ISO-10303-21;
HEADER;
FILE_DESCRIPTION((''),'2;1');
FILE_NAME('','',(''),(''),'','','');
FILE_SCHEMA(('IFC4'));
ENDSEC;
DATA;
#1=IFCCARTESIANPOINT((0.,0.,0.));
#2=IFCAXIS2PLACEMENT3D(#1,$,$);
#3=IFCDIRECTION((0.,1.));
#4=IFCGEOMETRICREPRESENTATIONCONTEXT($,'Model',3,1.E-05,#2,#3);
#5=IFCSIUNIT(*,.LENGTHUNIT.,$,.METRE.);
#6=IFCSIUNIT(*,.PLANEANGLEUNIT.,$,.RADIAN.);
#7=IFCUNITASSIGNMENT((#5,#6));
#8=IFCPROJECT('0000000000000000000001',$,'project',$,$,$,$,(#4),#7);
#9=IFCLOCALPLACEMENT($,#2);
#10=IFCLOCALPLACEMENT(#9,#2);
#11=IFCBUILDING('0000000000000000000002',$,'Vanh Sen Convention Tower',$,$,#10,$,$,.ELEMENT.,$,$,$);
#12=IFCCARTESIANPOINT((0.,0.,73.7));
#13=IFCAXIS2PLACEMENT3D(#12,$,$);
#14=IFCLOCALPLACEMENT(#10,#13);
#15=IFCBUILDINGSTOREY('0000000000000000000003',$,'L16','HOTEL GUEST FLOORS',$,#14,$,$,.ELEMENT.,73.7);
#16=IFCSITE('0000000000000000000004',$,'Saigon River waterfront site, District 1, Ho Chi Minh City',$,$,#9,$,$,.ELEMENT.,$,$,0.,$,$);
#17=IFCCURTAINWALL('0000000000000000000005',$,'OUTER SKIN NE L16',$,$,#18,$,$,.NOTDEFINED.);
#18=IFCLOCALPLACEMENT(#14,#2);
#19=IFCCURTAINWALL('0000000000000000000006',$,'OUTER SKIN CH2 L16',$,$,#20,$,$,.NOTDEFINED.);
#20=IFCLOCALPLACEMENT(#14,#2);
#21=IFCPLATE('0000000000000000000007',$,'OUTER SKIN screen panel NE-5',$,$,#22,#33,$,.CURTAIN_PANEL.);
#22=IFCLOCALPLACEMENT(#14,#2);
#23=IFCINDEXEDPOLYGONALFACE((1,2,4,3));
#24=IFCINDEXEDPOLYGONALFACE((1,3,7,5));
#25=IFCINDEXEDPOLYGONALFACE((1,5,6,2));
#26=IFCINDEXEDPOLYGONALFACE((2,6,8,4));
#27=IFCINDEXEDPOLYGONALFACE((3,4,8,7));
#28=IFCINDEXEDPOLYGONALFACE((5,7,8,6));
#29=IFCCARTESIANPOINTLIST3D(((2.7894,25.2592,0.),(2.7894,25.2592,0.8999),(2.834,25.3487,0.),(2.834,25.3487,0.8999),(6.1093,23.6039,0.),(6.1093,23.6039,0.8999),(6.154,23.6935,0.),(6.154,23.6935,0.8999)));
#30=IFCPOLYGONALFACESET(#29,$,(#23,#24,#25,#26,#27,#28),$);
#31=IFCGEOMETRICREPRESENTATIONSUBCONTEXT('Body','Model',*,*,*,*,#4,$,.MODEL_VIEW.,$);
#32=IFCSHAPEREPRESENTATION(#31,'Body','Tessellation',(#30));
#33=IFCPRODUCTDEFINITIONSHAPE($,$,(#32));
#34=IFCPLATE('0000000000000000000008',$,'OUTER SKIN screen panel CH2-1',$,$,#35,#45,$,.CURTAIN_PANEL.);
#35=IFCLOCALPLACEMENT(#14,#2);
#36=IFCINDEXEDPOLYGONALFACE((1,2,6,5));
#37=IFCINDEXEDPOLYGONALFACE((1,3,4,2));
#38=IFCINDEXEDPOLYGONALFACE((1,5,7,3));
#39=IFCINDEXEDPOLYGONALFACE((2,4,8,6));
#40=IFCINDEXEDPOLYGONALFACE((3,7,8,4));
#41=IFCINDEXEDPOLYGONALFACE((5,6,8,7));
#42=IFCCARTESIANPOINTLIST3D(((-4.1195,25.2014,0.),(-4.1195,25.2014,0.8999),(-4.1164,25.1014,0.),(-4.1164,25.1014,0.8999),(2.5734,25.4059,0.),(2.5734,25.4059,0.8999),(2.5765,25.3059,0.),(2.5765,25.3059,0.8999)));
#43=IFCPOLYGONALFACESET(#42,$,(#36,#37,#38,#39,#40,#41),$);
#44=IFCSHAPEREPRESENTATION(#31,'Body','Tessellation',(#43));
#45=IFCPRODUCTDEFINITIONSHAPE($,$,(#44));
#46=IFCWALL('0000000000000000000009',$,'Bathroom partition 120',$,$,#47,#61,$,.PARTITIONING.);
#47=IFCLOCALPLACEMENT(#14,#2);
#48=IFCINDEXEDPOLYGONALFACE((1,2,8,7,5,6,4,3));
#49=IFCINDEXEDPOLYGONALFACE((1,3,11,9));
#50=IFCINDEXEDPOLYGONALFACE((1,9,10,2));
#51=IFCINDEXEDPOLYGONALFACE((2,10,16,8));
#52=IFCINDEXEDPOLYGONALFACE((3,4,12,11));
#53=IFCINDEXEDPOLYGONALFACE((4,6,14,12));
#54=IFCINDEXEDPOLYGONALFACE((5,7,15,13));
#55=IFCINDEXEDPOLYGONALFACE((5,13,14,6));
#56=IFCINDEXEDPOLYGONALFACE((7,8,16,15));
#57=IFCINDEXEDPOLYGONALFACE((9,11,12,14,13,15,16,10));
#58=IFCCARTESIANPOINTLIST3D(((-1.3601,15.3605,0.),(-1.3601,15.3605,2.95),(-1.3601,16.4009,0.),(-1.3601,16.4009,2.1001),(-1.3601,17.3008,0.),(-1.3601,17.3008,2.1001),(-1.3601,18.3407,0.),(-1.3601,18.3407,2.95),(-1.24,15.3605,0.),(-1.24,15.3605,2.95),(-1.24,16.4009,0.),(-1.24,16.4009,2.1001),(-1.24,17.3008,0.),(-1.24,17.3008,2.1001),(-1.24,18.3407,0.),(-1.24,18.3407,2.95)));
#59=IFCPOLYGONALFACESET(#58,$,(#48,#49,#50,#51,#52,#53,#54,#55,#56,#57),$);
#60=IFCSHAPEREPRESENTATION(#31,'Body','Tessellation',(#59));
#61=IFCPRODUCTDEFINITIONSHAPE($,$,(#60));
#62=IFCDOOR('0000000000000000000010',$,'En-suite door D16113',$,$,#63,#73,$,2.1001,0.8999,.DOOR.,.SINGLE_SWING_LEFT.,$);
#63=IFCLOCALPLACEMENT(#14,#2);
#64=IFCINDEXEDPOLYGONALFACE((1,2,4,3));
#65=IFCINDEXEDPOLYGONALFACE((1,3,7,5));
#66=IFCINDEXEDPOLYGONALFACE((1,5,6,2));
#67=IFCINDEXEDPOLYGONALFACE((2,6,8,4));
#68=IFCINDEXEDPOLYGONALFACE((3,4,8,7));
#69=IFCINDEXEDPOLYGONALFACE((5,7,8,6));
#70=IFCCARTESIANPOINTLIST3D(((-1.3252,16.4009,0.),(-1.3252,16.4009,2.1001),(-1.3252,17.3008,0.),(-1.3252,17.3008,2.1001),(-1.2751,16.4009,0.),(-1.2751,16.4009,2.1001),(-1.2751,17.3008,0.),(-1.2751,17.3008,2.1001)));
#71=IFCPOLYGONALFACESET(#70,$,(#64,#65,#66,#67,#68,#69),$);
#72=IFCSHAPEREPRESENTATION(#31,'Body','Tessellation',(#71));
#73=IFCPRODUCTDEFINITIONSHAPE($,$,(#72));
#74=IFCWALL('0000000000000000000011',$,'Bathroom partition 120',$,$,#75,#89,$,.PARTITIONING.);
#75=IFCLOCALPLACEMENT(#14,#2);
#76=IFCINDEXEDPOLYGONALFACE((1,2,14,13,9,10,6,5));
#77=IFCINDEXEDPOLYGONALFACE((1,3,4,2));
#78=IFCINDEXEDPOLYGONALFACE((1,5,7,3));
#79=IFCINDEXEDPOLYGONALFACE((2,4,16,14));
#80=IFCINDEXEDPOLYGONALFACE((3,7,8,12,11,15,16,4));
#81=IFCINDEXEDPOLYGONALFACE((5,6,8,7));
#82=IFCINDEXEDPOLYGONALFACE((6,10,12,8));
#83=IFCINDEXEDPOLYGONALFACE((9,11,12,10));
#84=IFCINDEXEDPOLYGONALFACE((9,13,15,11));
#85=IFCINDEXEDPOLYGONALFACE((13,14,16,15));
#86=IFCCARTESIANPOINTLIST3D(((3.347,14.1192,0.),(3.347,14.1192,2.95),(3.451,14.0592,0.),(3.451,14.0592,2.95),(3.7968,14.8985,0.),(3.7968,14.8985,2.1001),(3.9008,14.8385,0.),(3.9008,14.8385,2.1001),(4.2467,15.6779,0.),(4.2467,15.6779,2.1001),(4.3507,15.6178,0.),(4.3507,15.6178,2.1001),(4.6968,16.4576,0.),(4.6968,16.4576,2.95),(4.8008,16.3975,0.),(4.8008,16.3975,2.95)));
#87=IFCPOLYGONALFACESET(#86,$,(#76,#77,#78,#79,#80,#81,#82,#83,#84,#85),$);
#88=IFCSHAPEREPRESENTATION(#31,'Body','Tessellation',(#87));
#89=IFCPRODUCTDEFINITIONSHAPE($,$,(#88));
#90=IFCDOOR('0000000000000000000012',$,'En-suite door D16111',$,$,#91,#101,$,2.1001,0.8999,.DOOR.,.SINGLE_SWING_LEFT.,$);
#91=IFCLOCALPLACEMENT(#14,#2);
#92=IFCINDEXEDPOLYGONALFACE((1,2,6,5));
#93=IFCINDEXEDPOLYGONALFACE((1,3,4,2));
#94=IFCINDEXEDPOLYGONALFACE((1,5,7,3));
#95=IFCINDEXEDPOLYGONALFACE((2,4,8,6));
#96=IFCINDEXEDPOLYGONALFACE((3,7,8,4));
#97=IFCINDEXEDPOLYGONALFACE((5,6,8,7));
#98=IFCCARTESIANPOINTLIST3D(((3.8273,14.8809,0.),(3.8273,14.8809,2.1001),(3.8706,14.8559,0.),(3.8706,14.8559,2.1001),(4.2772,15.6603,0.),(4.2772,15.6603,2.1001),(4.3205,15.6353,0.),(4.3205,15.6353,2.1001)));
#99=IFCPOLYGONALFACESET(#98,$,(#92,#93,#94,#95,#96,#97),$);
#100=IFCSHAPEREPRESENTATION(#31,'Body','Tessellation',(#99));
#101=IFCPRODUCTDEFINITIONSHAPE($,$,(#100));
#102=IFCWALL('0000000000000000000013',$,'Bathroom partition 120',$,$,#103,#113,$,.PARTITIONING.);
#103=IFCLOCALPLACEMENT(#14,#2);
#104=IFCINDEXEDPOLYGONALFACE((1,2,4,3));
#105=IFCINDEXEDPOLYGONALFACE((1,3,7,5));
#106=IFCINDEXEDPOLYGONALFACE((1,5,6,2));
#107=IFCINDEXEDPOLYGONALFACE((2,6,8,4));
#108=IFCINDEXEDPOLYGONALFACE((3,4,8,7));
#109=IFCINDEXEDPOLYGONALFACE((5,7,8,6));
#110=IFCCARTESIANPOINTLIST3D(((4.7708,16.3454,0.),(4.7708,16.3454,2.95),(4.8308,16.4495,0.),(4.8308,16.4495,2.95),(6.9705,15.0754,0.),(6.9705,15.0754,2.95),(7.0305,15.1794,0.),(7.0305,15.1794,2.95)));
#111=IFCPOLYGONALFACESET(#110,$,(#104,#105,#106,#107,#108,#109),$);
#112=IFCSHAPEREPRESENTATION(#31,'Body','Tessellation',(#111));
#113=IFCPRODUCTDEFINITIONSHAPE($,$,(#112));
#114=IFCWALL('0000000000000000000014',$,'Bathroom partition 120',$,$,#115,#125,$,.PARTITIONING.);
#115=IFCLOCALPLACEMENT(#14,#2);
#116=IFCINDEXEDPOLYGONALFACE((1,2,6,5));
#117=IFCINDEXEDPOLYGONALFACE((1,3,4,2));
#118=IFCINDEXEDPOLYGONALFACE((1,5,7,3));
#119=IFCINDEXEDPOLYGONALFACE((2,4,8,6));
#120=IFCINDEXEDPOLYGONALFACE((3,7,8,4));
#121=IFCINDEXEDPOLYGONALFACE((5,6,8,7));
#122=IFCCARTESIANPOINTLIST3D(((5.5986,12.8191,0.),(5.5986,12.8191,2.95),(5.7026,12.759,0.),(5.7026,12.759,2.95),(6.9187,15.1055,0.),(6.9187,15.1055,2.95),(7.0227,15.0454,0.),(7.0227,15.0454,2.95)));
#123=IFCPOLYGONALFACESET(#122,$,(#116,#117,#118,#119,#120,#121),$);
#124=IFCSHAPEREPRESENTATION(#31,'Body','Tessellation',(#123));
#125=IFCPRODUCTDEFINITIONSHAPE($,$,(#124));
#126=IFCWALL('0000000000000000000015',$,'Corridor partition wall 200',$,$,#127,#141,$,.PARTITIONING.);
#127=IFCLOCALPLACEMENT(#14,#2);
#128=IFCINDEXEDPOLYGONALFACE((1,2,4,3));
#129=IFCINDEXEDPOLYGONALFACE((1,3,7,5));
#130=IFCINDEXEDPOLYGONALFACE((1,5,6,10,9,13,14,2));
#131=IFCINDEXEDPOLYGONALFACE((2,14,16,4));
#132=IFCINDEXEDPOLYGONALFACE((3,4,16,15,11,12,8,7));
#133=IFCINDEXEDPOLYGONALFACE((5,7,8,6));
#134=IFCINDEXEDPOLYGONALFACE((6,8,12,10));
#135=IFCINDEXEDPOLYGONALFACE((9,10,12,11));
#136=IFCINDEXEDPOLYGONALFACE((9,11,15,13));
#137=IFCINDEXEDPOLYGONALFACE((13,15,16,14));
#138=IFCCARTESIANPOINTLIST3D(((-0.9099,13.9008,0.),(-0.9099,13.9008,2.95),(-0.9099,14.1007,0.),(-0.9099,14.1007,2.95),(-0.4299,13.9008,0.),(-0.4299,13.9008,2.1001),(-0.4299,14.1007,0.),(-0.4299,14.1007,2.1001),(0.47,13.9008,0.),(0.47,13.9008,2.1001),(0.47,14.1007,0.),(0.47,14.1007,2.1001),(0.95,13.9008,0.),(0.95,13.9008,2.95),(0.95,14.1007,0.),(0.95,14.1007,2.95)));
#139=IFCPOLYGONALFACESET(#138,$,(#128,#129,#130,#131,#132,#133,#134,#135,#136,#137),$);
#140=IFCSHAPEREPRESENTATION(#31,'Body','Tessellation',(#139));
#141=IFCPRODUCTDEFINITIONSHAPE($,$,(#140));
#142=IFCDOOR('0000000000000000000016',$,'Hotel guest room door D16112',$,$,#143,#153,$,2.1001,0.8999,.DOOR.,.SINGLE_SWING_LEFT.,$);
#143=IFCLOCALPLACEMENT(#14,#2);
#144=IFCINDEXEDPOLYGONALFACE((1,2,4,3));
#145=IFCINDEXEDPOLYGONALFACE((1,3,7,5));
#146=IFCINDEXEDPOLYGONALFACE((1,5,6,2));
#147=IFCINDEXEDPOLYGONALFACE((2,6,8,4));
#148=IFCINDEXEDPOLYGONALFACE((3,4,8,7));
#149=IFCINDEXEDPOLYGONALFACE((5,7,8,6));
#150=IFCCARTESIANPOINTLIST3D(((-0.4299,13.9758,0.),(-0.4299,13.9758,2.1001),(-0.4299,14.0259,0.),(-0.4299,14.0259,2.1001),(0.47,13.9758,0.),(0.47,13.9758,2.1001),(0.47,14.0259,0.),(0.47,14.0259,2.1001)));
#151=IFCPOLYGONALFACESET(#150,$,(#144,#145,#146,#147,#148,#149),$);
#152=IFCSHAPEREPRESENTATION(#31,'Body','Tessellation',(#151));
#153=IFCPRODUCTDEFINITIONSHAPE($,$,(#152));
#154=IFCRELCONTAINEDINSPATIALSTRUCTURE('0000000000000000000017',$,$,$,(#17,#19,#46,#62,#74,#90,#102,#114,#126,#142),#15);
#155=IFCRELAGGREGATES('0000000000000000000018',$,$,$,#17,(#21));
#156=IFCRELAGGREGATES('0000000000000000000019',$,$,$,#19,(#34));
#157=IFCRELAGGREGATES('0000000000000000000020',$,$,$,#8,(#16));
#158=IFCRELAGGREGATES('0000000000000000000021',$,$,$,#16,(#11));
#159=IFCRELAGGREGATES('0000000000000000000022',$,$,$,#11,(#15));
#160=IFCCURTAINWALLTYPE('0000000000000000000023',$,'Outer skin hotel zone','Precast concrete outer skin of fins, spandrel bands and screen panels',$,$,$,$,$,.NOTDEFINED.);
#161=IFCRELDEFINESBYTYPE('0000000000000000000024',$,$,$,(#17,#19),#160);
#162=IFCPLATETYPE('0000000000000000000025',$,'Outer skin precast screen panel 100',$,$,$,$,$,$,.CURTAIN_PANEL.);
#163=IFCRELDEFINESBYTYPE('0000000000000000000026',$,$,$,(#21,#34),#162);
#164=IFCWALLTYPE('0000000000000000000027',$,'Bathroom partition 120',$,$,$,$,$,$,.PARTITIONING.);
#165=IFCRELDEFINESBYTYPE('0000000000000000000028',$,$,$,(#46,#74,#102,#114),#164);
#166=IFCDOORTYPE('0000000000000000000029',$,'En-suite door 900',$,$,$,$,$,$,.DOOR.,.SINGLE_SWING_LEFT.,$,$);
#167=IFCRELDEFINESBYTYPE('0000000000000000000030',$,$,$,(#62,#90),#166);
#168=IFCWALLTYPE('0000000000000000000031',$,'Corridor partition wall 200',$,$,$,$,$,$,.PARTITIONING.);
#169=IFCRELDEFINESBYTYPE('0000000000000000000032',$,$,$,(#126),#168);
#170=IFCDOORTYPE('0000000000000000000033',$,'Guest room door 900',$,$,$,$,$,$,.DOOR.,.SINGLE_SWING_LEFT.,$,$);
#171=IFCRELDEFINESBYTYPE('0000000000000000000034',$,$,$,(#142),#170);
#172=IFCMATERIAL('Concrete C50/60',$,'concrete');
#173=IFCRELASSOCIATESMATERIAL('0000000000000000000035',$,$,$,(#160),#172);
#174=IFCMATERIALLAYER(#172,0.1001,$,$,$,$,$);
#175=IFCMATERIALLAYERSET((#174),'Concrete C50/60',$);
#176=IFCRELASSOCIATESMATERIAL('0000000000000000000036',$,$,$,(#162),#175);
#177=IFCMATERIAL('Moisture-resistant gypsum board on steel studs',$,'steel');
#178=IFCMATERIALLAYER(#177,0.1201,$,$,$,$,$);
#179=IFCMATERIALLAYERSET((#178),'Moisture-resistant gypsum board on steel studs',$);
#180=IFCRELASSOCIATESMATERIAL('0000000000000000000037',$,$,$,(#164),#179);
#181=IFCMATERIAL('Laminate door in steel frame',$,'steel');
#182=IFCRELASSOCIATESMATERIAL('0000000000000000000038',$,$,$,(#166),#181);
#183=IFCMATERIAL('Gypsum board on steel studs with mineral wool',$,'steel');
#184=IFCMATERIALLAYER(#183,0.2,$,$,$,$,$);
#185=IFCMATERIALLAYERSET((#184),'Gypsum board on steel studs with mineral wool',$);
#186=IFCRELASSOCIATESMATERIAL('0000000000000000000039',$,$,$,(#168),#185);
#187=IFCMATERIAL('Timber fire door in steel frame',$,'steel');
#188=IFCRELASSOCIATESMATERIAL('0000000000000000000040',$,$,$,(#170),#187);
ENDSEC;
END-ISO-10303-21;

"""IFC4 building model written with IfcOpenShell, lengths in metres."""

from ifc_helpers import new_model, si_unit, direction, frame, frame_2d, origin, origin_2d, place, context, subcontext, project, spatial, rectangle, extrude, material, layer, layer_set, type_object, element, fill, aggregate, save


model = new_model("IFC4")

# Units and contexts
model_context = context("Model", 3, precision=1e-05, world=origin(), true_north=direction((0.0, 1.0)))
body_context = subcontext(model_context, "Body", "Model", "MODEL_VIEW")
ifc_project = project(units=[si_unit("LENGTHUNIT", "METRE"), si_unit("PLANEANGLEUNIT", "RADIAN")], contexts=[model_context])

# Site, building, storey
site_placement = place(None, origin())
site = spatial("IfcSite", under=ifc_project, at=site_placement, Name="Saigon River waterfront site, District 1, Ho Chi Minh City", CompositionType="ELEMENT", RefElevation=0.0)
building_placement = place(site_placement, origin())
building = spatial("IfcBuilding", under=site, at=building_placement, Name="Vanh Sen Convention Tower", CompositionType="ELEMENT")
storey_placement = place(building_placement, frame((0.0, 0.0, 73.7)))
storey = spatial("IfcBuildingStorey", under=building, at=storey_placement, Name="L16", Description="HOTEL GUEST FLOORS", CompositionType="ELEMENT", Elevation=73.7)

# Curtain wall
ifc_material_1 = material(Name="Concrete C50/60", Category="concrete")
curtain_wall_type = type_object("IfcCurtainWallType", Name="Outer skin hotel zone", Description="Precast concrete outer skin of fins, spandrel bands and screen panels", PredefinedType="NOTDEFINED", material=ifc_material_1)
curtain_wall_1_placement = place(storey_placement, origin())
curtain_wall_1 = element("IfcCurtainWall", 1, at=curtain_wall_1_placement, inside=storey, type_object=curtain_wall_type, Name="OUTER SKIN NE L16", PredefinedType="NOTDEFINED")

# Curtain wall
curtain_wall_2_placement = place(storey_placement, origin())
curtain_wall_2 = element("IfcCurtainWall", 2, at=curtain_wall_2_placement, inside=storey, type_object=curtain_wall_type, Name="OUTER SKIN CH2 L16", PredefinedType="NOTDEFINED")

# Plates
ifc_layer_1 = layer(ifc_material_1, 0.1001)
ifc_layer_set_1 = layer_set([ifc_layer_1], Name="Concrete C50/60")
plate_type = type_object("IfcPlateType", Name="Outer skin precast screen panel 100", PredefinedType="CURTAIN_PANEL", material=ifc_layer_set_1)
plate_1_placement = place(storey_placement, frame((4.4717, 24.4763, 0.0), z_axis=(0.0, 0.0, 1.0), x_axis=(-0.894935, 0.446196, 0.0)))
plate_1 = element("IfcPlate", 3, at=plate_1_placement, type_object=plate_type, Name="OUTER SKIN screen panel NE-5", PredefinedType="CURTAIN_PANEL", context=body_context, shape_type="SweptSolid", body=[
    extrude(rectangle(XDim=3.7097, YDim=0.1001, at=origin_2d()), origin(), (0.0, 0.0, 1.0), 0.8999),
])
aggregate(curtain_wall_1, [plate_1])
plate_2_placement = place(storey_placement, frame((-0.7715, 25.2537, 0.0), z_axis=(0.0, 0.0, 1.0), x_axis=(-0.999534, -0.030537, 0.0)))
plate_2 = element("IfcPlate", 4, at=plate_2_placement, type_object=plate_type, Name="OUTER SKIN screen panel CH2-1", PredefinedType="CURTAIN_PANEL", context=body_context, shape_type="SweptSolid", body=[
    extrude(rectangle(XDim=6.696, YDim=0.1001, at=origin_2d()), origin(), (0.0, 0.0, 1.0), 0.8999),
])
aggregate(curtain_wall_2, [plate_2])

# Walls, openings, doors
ifc_material_2 = material(Name="Moisture-resistant gypsum board on steel studs", Category="steel")
ifc_layer_2 = layer(ifc_material_2, 0.1201)
ifc_layer_set_2 = layer_set([ifc_layer_2], Name="Moisture-resistant gypsum board on steel studs")
wall_type_1 = type_object("IfcWallType", Name="Bathroom partition 120", PredefinedType="PARTITIONING", material=ifc_layer_set_2)
wall_1_placement = place(storey_placement, frame((-1.3, 18.3408, 0.0), z_axis=(0.0, 0.0, 1.0), x_axis=(0.0, -1.0, 0.0)))
wall_1 = element("IfcWall", 5, at=wall_1_placement, inside=storey, type_object=wall_type_1, Name="Bathroom partition 120", PredefinedType="PARTITIONING", context=body_context, shape_type="SweptSolid", body=[
    extrude(rectangle(XDim=2.9802, YDim=0.1201, at=frame_2d((1.4902, 0.0))), origin(), (0.0, 0.0, 1.0), 2.95),
])
opening_1_placement = place(wall_1_placement, frame((1.04, 0.0, 0.0)))
opening_1 = element("IfcOpeningElement", 6, at=opening_1_placement, cuts=wall_1, PredefinedType="OPENING", context=body_context, shape_type="SweptSolid", body=[
    extrude(rectangle(XDim=0.8999, YDim=2.1001, at=frame_2d((0.45, 1.05))), frame((0.0, 0.0701, 0.0), z_axis=(0.0, -1.0, 0.0), x_axis=(1.0, 0.0, 0.0)), (0.0, 0.0, 1.0), 0.1401),
])
ifc_material_3 = material(Name="Laminate door in steel frame", Category="steel")
door_type_1 = type_object("IfcDoorType", Name="En-suite door 900", OperationType="SINGLE_SWING_LEFT", PredefinedType="DOOR", material=ifc_material_3)
door_1_placement = place(opening_1_placement, origin())
door_1 = element("IfcDoor", 7, at=door_1_placement, inside=storey, type_object=door_type_1, Name="En-suite door D16113", OperationType="SINGLE_SWING_LEFT", OverallHeight=2.1001, OverallWidth=0.8999, PredefinedType="DOOR", context=body_context, shape_type="SweptSolid", body=[
    extrude(rectangle(XDim=0.8999, YDim=2.1001, at=frame_2d((0.45, 1.05))), frame((0.0, 0.0249, 0.0), z_axis=(0.0, -1.0, 0.0), x_axis=(1.0, 0.0, 0.0)), (0.0, 0.0, 1.0), 0.05),
])
fill(opening_1, door_1)
wall_2_placement = place(storey_placement, frame((3.3989, 14.0891, 0.0), z_axis=(0.0, 0.0, 1.0), x_axis=(0.499942, 0.866059, 0.0)))
wall_2 = element("IfcWall", 8, at=wall_2_placement, inside=storey, type_object=wall_type_1, Name="Bathroom partition 120", PredefinedType="PARTITIONING", context=body_context, shape_type="SweptSolid", body=[
    extrude(rectangle(XDim=2.7, YDim=0.1201, at=frame_2d((1.3501, 0.0))), origin(), (0.0, 0.0, 1.0), 2.95),
])
opening_2_placement = place(wall_2_placement, frame((0.8999, 0.0, 0.0)))
opening_2 = element("IfcOpeningElement", 9, at=opening_2_placement, cuts=wall_2, PredefinedType="OPENING", context=body_context, shape_type="SweptSolid", body=[
    extrude(rectangle(XDim=0.8999, YDim=2.1001, at=frame_2d((0.45, 1.05))), frame((0.0, 0.0701, 0.0), z_axis=(0.0, -1.0, 0.0), x_axis=(1.0, 0.0, 0.0)), (0.0, 0.0, 1.0), 0.1401),
])
door_2_placement = place(opening_2_placement, origin())
door_2 = element("IfcDoor", 10, at=door_2_placement, inside=storey, type_object=door_type_1, Name="En-suite door D16111", OperationType="SINGLE_SWING_LEFT", OverallHeight=2.1001, OverallWidth=0.8999, PredefinedType="DOOR", context=body_context, shape_type="SweptSolid", body=[
    extrude(rectangle(XDim=0.8999, YDim=2.1001, at=frame_2d((0.45, 1.05))), frame((0.0, 0.0249, 0.0), z_axis=(0.0, -1.0, 0.0), x_axis=(1.0, 0.0, 0.0)), (0.0, 0.0, 1.0), 0.05),
])
fill(opening_2, door_2)

# Walls
wall_3_placement = place(storey_placement, frame((4.8008, 16.3975, 0.0), z_axis=(0.0, 0.0, 1.0), x_axis=(0.866022, -0.500005, 0.0)))
element("IfcWall", 11, at=wall_3_placement, inside=storey, type_object=wall_type_1, Name="Bathroom partition 120", PredefinedType="PARTITIONING", context=body_context, shape_type="SweptSolid", body=[
    extrude(rectangle(XDim=2.54, YDim=0.1201, at=frame_2d((1.27, 0.0))), origin(), (0.0, 0.0, 1.0), 2.95),
])
wall_4_placement = place(storey_placement, frame((6.9707, 15.0754, 0.0), z_axis=(0.0, 0.0, 1.0), x_axis=(-0.500008, -0.866021, 0.0)))
element("IfcWall", 12, at=wall_4_placement, inside=storey, type_object=wall_type_1, Name="Bathroom partition 120", PredefinedType="PARTITIONING", context=body_context, shape_type="SweptSolid", body=[
    extrude(rectangle(XDim=2.6401, YDim=0.1201, at=frame_2d((1.3201, 0.0))), origin(), (0.0, 0.0, 1.0), 2.95),
])

# Wall, opening, door
ifc_material_4 = material(Name="Gypsum board on steel studs with mineral wool", Category="steel")
ifc_layer_3 = layer(ifc_material_4, 0.2)
ifc_layer_set_3 = layer_set([ifc_layer_3], Name="Gypsum board on steel studs with mineral wool")
wall_type_2 = type_object("IfcWallType", Name="Corridor partition wall 200", PredefinedType="PARTITIONING", material=ifc_layer_set_3)
wall_5_placement = place(storey_placement, frame((0.95, 14.0007, 0.0), z_axis=(0.0, 0.0, 1.0), x_axis=(-1.0, 0.0, 0.0)))
wall_5 = element("IfcWall", 13, at=wall_5_placement, inside=storey, type_object=wall_type_2, Name="Corridor partition wall 200", PredefinedType="PARTITIONING", context=body_context, shape_type="SweptSolid", body=[
    extrude(rectangle(XDim=1.8599, YDim=0.2, at=frame_2d((0.9299, 0.0))), origin(), (0.0, 0.0, 1.0), 2.95),
])
opening_3_placement = place(wall_5_placement, frame((0.48, 0.0, 0.0)))
opening_3 = element("IfcOpeningElement", 14, at=opening_3_placement, cuts=wall_5, PredefinedType="OPENING", context=body_context, shape_type="SweptSolid", body=[
    extrude(rectangle(XDim=0.8999, YDim=2.1001, at=frame_2d((0.45, 1.05))), frame((0.0, 0.1099, 0.0), z_axis=(0.0, -1.0, 0.0), x_axis=(1.0, 0.0, 0.0)), (0.0, 0.0, 1.0), 0.22),
])
ifc_material_5 = material(Name="Timber fire door in steel frame", Category="steel")
door_type_2 = type_object("IfcDoorType", Name="Guest room door 900", OperationType="SINGLE_SWING_LEFT", PredefinedType="DOOR", material=ifc_material_5)
door_3_placement = place(opening_3_placement, origin())
door_3 = element("IfcDoor", 15, at=door_3_placement, inside=storey, type_object=door_type_2, Name="Hotel guest room door D16112", OperationType="SINGLE_SWING_LEFT", OverallHeight=2.1001, OverallWidth=0.8999, PredefinedType="DOOR", context=body_context, shape_type="SweptSolid", body=[
    extrude(rectangle(XDim=0.8999, YDim=2.1001, at=frame_2d((0.45, 1.05))), frame((0.0, 0.0249, 0.0), z_axis=(0.0, -1.0, 0.0), x_axis=(1.0, 0.0, 0.0)), (0.0, 0.0, 1.0), 0.05),
])
fill(opening_3, door_3)

save(model, "model.ifc")
